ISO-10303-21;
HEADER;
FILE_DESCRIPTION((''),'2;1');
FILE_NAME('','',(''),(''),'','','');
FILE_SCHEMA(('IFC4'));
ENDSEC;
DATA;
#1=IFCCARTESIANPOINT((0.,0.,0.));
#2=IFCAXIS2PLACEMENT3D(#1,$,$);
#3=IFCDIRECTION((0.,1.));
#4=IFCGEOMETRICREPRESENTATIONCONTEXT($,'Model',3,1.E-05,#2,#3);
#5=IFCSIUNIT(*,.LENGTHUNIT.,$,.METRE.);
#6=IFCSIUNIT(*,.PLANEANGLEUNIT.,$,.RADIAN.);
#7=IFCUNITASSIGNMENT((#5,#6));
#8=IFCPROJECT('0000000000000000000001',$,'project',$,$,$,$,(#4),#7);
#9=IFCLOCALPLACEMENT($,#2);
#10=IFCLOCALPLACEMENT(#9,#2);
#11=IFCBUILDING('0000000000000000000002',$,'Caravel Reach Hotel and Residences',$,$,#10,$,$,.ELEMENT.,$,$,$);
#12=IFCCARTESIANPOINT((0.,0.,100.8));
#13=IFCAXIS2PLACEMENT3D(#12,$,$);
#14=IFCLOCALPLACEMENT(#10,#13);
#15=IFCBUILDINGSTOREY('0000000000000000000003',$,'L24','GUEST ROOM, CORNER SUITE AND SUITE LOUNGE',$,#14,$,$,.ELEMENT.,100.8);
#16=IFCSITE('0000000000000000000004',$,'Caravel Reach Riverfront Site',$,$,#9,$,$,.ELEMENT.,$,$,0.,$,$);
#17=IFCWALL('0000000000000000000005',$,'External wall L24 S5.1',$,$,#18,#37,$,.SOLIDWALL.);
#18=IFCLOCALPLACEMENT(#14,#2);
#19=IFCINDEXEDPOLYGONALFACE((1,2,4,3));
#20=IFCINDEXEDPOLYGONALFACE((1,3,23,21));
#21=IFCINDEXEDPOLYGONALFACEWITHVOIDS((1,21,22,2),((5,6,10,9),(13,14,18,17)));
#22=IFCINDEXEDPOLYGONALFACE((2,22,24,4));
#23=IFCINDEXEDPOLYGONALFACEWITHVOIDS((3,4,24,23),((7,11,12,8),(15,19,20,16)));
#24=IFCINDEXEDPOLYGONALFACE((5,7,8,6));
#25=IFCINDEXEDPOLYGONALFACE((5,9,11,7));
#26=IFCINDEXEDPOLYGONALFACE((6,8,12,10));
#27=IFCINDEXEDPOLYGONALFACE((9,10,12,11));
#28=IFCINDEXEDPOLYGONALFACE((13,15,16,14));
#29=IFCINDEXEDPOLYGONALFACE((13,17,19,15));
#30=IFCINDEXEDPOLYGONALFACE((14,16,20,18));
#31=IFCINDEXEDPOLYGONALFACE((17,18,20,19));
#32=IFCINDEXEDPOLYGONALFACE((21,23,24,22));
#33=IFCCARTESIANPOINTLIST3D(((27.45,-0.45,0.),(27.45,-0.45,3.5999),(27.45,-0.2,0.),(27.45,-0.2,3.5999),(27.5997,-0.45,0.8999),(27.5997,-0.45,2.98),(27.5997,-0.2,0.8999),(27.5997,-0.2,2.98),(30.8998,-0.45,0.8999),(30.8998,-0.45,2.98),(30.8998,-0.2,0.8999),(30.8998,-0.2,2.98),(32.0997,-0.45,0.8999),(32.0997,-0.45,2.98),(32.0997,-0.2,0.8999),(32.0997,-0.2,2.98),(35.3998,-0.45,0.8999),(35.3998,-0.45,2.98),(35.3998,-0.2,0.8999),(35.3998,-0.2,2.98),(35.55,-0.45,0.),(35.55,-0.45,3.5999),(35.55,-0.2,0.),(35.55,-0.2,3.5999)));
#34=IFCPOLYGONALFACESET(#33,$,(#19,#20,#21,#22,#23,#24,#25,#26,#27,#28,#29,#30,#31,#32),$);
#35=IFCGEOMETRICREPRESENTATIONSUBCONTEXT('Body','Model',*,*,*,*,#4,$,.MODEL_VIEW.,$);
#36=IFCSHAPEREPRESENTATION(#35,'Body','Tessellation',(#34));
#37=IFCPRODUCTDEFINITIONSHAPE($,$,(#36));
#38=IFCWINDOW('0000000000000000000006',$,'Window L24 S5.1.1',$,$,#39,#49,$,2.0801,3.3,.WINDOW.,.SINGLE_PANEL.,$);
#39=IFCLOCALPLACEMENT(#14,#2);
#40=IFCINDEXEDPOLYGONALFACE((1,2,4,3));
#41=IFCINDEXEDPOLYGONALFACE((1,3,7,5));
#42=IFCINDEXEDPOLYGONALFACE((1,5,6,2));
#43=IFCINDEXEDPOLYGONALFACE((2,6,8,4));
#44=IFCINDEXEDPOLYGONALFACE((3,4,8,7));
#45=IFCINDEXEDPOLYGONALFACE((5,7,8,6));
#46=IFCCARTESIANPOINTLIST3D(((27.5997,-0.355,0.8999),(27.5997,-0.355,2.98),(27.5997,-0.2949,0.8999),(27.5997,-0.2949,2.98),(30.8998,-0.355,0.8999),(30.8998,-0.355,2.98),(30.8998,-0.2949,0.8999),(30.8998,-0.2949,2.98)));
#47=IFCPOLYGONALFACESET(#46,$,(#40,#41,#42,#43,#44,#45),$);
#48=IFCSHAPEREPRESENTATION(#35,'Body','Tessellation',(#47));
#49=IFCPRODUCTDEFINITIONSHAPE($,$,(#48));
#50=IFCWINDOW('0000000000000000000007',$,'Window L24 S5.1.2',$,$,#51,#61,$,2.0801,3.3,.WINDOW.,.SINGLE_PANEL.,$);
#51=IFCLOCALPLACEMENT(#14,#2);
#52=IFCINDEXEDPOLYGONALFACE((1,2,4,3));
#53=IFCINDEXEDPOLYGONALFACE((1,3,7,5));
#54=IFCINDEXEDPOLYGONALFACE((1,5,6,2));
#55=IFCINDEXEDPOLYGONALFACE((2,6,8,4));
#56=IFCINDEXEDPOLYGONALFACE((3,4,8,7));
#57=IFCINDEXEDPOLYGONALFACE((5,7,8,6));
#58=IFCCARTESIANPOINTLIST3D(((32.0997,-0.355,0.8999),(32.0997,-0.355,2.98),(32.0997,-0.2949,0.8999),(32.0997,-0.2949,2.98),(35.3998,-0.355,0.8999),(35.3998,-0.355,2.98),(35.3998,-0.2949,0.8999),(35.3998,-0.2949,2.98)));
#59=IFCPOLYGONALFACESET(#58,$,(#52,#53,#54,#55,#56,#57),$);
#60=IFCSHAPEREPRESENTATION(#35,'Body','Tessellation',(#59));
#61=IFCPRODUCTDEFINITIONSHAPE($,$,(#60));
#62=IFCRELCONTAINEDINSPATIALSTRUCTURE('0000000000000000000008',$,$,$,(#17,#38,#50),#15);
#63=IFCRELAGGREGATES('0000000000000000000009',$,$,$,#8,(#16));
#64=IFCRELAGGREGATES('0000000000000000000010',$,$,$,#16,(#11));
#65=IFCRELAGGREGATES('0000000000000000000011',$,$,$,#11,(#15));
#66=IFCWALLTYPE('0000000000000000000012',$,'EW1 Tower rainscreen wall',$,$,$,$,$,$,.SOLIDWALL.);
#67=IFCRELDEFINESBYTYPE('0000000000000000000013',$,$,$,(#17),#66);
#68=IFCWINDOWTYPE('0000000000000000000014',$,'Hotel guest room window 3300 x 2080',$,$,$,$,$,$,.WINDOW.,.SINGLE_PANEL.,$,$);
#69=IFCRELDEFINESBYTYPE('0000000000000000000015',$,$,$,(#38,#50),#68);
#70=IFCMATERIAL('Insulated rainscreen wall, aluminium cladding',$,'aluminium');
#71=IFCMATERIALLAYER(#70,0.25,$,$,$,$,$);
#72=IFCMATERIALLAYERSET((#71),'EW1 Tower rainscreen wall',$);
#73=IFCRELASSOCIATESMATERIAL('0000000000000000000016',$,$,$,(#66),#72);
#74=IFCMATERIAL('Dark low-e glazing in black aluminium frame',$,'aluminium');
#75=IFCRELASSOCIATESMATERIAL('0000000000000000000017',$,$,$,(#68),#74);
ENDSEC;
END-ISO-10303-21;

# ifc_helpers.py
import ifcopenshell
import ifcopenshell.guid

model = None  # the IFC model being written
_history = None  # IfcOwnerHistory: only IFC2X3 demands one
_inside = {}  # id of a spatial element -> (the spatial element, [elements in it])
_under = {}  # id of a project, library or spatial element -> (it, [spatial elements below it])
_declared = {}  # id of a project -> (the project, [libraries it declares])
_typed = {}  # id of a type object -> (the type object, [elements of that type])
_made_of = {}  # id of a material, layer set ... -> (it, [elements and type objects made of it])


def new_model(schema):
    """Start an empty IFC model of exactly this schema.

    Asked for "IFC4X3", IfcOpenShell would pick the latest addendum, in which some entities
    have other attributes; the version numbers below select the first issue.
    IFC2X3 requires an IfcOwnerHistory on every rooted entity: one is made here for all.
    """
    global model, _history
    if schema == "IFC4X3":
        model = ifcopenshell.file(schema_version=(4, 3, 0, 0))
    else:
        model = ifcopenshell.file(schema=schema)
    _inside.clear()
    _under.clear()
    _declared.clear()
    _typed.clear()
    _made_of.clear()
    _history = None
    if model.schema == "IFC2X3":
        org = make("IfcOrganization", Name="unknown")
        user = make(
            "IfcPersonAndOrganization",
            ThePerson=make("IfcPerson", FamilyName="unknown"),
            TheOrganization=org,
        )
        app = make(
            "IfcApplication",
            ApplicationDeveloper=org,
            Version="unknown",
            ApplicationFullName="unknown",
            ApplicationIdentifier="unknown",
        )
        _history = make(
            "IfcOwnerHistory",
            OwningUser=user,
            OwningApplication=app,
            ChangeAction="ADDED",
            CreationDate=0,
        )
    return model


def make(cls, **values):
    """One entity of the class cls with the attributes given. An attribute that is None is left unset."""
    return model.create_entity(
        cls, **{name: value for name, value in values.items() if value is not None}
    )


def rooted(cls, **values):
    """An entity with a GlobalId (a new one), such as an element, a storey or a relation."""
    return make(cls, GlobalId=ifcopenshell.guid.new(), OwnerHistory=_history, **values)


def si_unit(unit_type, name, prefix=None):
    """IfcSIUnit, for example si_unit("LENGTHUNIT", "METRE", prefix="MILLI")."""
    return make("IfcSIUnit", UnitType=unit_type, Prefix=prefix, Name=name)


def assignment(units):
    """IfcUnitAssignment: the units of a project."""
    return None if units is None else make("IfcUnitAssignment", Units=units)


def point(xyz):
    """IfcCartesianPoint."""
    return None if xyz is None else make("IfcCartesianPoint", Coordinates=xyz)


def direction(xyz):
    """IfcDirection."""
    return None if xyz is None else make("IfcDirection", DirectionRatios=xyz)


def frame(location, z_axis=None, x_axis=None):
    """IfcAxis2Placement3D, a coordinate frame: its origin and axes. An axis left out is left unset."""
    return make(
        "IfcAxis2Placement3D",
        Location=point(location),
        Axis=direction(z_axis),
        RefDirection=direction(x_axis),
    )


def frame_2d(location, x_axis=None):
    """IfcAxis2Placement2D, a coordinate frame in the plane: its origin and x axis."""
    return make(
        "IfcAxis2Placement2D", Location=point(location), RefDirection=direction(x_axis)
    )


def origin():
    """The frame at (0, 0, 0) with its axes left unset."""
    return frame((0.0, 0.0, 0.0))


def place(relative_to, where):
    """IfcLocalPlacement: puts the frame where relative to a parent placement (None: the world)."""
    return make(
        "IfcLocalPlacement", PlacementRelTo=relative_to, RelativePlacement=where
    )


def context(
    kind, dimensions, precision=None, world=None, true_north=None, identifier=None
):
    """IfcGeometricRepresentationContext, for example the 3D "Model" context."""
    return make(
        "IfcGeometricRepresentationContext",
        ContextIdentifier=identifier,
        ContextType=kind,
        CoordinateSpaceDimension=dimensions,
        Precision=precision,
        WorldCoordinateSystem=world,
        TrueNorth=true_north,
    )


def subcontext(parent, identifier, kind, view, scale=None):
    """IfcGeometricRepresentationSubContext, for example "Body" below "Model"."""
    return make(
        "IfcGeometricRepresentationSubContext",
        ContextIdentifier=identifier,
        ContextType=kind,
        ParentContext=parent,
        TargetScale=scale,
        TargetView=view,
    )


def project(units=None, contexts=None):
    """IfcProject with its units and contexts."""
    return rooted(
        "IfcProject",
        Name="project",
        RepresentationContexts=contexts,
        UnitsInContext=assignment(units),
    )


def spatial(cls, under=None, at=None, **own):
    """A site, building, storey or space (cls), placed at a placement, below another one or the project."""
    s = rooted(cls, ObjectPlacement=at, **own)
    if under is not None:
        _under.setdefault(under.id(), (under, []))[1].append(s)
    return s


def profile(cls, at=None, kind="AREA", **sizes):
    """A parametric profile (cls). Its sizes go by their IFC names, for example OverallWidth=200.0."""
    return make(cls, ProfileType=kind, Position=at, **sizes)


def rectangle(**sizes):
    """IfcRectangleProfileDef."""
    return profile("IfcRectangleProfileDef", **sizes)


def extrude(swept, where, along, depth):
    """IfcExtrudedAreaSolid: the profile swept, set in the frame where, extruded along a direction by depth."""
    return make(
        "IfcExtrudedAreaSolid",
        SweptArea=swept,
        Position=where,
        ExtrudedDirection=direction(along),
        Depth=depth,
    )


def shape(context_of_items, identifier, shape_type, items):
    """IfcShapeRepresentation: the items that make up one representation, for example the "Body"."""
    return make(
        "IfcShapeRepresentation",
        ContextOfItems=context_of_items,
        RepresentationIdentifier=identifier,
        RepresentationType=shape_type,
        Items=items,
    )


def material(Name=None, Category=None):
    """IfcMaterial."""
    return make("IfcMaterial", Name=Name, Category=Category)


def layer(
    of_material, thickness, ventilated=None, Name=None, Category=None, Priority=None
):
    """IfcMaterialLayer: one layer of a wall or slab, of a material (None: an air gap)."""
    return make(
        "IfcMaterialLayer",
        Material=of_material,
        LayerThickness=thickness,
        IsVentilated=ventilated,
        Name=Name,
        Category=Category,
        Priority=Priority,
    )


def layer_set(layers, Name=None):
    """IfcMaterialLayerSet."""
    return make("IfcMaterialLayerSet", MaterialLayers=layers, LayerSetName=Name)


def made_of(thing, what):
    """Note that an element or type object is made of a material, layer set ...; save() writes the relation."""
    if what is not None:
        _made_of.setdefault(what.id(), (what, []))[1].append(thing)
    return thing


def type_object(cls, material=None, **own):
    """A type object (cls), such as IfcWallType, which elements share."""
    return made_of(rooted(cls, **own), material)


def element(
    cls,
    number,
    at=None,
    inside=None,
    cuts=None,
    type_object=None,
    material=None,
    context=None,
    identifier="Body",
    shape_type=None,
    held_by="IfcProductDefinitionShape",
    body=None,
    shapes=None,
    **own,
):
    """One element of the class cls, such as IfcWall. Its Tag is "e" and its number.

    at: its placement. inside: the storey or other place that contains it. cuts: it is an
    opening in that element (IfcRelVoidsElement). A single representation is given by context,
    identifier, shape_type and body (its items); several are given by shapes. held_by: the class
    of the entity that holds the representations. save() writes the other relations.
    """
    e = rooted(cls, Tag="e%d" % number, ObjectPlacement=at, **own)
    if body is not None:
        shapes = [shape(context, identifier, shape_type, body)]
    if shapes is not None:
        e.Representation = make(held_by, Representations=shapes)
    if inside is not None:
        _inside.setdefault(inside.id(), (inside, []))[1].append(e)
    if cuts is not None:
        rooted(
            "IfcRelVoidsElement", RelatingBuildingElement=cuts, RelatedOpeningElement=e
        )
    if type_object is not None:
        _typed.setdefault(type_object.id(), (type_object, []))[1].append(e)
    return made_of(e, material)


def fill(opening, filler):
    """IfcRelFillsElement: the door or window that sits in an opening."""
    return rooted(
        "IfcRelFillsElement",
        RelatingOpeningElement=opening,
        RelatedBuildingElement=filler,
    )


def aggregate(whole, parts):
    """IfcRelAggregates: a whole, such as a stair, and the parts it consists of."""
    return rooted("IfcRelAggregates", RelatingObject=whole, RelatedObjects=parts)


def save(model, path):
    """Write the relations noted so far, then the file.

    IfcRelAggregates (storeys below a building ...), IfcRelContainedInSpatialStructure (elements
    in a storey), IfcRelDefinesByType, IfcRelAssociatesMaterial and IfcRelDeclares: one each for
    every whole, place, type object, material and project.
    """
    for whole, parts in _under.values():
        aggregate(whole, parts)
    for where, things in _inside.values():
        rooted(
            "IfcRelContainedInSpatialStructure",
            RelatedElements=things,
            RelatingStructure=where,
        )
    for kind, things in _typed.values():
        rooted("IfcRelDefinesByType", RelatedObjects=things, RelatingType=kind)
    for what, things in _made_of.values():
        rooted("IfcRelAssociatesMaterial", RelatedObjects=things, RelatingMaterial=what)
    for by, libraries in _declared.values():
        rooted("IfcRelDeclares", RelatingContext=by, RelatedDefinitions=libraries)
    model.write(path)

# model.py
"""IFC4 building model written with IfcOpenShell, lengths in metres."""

from ifc_helpers import new_model, si_unit, direction, frame, frame_2d, origin, place, context, subcontext, project, spatial, rectangle, extrude, material, layer, layer_set, type_object, element, fill, save


model = new_model("IFC4")

# Units and contexts
model_context = context("Model", 3, precision=1e-05, world=origin(), true_north=direction((0.0, 1.0)))
body_context = subcontext(model_context, "Body", "Model", "MODEL_VIEW")
ifc_project = project(units=[si_unit("LENGTHUNIT", "METRE"), si_unit("PLANEANGLEUNIT", "RADIAN")], contexts=[model_context])

# Site, building, storey
site_placement = place(None, origin())
site = spatial("IfcSite", under=ifc_project, at=site_placement, Name="Caravel Reach Riverfront Site", CompositionType="ELEMENT", RefElevation=0.0)
building_placement = place(site_placement, origin())
building = spatial("IfcBuilding", under=site, at=building_placement, Name="Caravel Reach Hotel and Residences", CompositionType="ELEMENT")
storey_placement = place(building_placement, frame((0.0, 0.0, 100.8)))
storey = spatial("IfcBuildingStorey", under=building, at=storey_placement, Name="L24", Description="GUEST ROOM, CORNER SUITE AND SUITE LOUNGE", CompositionType="ELEMENT", Elevation=100.8)

# Shared definitions
ifc_material_1 = material(Name="Insulated rainscreen wall, aluminium cladding", Category="aluminium")
ifc_layer_1 = layer(ifc_material_1, 0.25)
ifc_layer_set_1 = layer_set([ifc_layer_1], Name="EW1 Tower rainscreen wall")
wall_type_1 = type_object("IfcWallType", Name="EW1 Tower rainscreen wall", PredefinedType="SOLIDWALL", material=ifc_layer_set_1)

# Wall, openings, windows
wall_1_placement = place(storey_placement, frame((27.45, -0.325, 0.0), z_axis=(0.0, 0.0, 1.0), x_axis=(1.0, 0.0, 0.0)))
wall_1 = element("IfcWall", 1, at=wall_1_placement, inside=storey, type_object=wall_type_1, Name="External wall L24 S5.1", PredefinedType="SOLIDWALL", context=body_context, shape_type="SweptSolid", body=[
    extrude(rectangle(XDim=8.1001, YDim=0.25, at=frame_2d((4.05, 0.0))), origin(), (0.0, 0.0, 1.0), 3.5999),
])
opening_1_placement = place(wall_1_placement, frame((0.1499, 0.0, 0.8999)))
opening_1 = element("IfcOpeningElement", 2, at=opening_1_placement, cuts=wall_1, PredefinedType="OPENING", context=body_context, shape_type="SweptSolid", body=[
    extrude(rectangle(XDim=3.3, YDim=2.0801, at=frame_2d((1.6499, 1.04))), frame((0.0, 0.135, 0.0), z_axis=(0.0, -1.0, 0.0), x_axis=(1.0, 0.0, 0.0)), (0.0, 0.0, 1.0), 0.27),
])
opening_2_placement = place(wall_1_placement, frame((4.6499, 0.0, 0.8999)))
opening_2 = element("IfcOpeningElement", 3, at=opening_2_placement, cuts=wall_1, PredefinedType="OPENING", context=body_context, shape_type="SweptSolid", body=[
    extrude(rectangle(XDim=3.3, YDim=2.0801, at=frame_2d((1.6499, 1.04))), frame((0.0, 0.135, 0.0), z_axis=(0.0, -1.0, 0.0), x_axis=(1.0, 0.0, 0.0)), (0.0, 0.0, 1.0), 0.27),
])
ifc_material_2 = material(Name="Dark low-e glazing in black aluminium frame", Category="aluminium")
window_type_1 = type_object("IfcWindowType", Name="Hotel guest room window 3300 x 2080", PartitioningType="SINGLE_PANEL", PredefinedType="WINDOW", material=ifc_material_2)
window_1_placement = place(opening_1_placement, origin())
window_1 = element("IfcWindow", 4, at=window_1_placement, inside=storey, type_object=window_type_1, Name="Window L24 S5.1.1", OverallHeight=2.0801, OverallWidth=3.3, PartitioningType="SINGLE_PANEL", PredefinedType="WINDOW", context=body_context, shape_type="SweptSolid", body=[
    extrude(rectangle(XDim=3.3, YDim=2.0801, at=frame_2d((1.6499, 1.04))), frame((0.0, 0.03, 0.0), z_axis=(0.0, -1.0, 0.0), x_axis=(1.0, 0.0, 0.0)), (0.0, 0.0, 1.0), 0.0601),
])
fill(opening_1, window_1)
window_2_placement = place(opening_2_placement, origin())
window_2 = element("IfcWindow", 5, at=window_2_placement, inside=storey, type_object=window_type_1, Name="Window L24 S5.1.2", OverallHeight=2.0801, OverallWidth=3.3, PartitioningType="SINGLE_PANEL", PredefinedType="WINDOW", context=body_context, shape_type="SweptSolid", body=[
    extrude(rectangle(XDim=3.3, YDim=2.0801, at=frame_2d((1.6499, 1.04))), frame((0.0, 0.03, 0.0), z_axis=(0.0, -1.0, 0.0), x_axis=(1.0, 0.0, 0.0)), (0.0, 0.0, 1.0), 0.0601),
])
fill(opening_2, window_2)

save(model, "model.ifc")
